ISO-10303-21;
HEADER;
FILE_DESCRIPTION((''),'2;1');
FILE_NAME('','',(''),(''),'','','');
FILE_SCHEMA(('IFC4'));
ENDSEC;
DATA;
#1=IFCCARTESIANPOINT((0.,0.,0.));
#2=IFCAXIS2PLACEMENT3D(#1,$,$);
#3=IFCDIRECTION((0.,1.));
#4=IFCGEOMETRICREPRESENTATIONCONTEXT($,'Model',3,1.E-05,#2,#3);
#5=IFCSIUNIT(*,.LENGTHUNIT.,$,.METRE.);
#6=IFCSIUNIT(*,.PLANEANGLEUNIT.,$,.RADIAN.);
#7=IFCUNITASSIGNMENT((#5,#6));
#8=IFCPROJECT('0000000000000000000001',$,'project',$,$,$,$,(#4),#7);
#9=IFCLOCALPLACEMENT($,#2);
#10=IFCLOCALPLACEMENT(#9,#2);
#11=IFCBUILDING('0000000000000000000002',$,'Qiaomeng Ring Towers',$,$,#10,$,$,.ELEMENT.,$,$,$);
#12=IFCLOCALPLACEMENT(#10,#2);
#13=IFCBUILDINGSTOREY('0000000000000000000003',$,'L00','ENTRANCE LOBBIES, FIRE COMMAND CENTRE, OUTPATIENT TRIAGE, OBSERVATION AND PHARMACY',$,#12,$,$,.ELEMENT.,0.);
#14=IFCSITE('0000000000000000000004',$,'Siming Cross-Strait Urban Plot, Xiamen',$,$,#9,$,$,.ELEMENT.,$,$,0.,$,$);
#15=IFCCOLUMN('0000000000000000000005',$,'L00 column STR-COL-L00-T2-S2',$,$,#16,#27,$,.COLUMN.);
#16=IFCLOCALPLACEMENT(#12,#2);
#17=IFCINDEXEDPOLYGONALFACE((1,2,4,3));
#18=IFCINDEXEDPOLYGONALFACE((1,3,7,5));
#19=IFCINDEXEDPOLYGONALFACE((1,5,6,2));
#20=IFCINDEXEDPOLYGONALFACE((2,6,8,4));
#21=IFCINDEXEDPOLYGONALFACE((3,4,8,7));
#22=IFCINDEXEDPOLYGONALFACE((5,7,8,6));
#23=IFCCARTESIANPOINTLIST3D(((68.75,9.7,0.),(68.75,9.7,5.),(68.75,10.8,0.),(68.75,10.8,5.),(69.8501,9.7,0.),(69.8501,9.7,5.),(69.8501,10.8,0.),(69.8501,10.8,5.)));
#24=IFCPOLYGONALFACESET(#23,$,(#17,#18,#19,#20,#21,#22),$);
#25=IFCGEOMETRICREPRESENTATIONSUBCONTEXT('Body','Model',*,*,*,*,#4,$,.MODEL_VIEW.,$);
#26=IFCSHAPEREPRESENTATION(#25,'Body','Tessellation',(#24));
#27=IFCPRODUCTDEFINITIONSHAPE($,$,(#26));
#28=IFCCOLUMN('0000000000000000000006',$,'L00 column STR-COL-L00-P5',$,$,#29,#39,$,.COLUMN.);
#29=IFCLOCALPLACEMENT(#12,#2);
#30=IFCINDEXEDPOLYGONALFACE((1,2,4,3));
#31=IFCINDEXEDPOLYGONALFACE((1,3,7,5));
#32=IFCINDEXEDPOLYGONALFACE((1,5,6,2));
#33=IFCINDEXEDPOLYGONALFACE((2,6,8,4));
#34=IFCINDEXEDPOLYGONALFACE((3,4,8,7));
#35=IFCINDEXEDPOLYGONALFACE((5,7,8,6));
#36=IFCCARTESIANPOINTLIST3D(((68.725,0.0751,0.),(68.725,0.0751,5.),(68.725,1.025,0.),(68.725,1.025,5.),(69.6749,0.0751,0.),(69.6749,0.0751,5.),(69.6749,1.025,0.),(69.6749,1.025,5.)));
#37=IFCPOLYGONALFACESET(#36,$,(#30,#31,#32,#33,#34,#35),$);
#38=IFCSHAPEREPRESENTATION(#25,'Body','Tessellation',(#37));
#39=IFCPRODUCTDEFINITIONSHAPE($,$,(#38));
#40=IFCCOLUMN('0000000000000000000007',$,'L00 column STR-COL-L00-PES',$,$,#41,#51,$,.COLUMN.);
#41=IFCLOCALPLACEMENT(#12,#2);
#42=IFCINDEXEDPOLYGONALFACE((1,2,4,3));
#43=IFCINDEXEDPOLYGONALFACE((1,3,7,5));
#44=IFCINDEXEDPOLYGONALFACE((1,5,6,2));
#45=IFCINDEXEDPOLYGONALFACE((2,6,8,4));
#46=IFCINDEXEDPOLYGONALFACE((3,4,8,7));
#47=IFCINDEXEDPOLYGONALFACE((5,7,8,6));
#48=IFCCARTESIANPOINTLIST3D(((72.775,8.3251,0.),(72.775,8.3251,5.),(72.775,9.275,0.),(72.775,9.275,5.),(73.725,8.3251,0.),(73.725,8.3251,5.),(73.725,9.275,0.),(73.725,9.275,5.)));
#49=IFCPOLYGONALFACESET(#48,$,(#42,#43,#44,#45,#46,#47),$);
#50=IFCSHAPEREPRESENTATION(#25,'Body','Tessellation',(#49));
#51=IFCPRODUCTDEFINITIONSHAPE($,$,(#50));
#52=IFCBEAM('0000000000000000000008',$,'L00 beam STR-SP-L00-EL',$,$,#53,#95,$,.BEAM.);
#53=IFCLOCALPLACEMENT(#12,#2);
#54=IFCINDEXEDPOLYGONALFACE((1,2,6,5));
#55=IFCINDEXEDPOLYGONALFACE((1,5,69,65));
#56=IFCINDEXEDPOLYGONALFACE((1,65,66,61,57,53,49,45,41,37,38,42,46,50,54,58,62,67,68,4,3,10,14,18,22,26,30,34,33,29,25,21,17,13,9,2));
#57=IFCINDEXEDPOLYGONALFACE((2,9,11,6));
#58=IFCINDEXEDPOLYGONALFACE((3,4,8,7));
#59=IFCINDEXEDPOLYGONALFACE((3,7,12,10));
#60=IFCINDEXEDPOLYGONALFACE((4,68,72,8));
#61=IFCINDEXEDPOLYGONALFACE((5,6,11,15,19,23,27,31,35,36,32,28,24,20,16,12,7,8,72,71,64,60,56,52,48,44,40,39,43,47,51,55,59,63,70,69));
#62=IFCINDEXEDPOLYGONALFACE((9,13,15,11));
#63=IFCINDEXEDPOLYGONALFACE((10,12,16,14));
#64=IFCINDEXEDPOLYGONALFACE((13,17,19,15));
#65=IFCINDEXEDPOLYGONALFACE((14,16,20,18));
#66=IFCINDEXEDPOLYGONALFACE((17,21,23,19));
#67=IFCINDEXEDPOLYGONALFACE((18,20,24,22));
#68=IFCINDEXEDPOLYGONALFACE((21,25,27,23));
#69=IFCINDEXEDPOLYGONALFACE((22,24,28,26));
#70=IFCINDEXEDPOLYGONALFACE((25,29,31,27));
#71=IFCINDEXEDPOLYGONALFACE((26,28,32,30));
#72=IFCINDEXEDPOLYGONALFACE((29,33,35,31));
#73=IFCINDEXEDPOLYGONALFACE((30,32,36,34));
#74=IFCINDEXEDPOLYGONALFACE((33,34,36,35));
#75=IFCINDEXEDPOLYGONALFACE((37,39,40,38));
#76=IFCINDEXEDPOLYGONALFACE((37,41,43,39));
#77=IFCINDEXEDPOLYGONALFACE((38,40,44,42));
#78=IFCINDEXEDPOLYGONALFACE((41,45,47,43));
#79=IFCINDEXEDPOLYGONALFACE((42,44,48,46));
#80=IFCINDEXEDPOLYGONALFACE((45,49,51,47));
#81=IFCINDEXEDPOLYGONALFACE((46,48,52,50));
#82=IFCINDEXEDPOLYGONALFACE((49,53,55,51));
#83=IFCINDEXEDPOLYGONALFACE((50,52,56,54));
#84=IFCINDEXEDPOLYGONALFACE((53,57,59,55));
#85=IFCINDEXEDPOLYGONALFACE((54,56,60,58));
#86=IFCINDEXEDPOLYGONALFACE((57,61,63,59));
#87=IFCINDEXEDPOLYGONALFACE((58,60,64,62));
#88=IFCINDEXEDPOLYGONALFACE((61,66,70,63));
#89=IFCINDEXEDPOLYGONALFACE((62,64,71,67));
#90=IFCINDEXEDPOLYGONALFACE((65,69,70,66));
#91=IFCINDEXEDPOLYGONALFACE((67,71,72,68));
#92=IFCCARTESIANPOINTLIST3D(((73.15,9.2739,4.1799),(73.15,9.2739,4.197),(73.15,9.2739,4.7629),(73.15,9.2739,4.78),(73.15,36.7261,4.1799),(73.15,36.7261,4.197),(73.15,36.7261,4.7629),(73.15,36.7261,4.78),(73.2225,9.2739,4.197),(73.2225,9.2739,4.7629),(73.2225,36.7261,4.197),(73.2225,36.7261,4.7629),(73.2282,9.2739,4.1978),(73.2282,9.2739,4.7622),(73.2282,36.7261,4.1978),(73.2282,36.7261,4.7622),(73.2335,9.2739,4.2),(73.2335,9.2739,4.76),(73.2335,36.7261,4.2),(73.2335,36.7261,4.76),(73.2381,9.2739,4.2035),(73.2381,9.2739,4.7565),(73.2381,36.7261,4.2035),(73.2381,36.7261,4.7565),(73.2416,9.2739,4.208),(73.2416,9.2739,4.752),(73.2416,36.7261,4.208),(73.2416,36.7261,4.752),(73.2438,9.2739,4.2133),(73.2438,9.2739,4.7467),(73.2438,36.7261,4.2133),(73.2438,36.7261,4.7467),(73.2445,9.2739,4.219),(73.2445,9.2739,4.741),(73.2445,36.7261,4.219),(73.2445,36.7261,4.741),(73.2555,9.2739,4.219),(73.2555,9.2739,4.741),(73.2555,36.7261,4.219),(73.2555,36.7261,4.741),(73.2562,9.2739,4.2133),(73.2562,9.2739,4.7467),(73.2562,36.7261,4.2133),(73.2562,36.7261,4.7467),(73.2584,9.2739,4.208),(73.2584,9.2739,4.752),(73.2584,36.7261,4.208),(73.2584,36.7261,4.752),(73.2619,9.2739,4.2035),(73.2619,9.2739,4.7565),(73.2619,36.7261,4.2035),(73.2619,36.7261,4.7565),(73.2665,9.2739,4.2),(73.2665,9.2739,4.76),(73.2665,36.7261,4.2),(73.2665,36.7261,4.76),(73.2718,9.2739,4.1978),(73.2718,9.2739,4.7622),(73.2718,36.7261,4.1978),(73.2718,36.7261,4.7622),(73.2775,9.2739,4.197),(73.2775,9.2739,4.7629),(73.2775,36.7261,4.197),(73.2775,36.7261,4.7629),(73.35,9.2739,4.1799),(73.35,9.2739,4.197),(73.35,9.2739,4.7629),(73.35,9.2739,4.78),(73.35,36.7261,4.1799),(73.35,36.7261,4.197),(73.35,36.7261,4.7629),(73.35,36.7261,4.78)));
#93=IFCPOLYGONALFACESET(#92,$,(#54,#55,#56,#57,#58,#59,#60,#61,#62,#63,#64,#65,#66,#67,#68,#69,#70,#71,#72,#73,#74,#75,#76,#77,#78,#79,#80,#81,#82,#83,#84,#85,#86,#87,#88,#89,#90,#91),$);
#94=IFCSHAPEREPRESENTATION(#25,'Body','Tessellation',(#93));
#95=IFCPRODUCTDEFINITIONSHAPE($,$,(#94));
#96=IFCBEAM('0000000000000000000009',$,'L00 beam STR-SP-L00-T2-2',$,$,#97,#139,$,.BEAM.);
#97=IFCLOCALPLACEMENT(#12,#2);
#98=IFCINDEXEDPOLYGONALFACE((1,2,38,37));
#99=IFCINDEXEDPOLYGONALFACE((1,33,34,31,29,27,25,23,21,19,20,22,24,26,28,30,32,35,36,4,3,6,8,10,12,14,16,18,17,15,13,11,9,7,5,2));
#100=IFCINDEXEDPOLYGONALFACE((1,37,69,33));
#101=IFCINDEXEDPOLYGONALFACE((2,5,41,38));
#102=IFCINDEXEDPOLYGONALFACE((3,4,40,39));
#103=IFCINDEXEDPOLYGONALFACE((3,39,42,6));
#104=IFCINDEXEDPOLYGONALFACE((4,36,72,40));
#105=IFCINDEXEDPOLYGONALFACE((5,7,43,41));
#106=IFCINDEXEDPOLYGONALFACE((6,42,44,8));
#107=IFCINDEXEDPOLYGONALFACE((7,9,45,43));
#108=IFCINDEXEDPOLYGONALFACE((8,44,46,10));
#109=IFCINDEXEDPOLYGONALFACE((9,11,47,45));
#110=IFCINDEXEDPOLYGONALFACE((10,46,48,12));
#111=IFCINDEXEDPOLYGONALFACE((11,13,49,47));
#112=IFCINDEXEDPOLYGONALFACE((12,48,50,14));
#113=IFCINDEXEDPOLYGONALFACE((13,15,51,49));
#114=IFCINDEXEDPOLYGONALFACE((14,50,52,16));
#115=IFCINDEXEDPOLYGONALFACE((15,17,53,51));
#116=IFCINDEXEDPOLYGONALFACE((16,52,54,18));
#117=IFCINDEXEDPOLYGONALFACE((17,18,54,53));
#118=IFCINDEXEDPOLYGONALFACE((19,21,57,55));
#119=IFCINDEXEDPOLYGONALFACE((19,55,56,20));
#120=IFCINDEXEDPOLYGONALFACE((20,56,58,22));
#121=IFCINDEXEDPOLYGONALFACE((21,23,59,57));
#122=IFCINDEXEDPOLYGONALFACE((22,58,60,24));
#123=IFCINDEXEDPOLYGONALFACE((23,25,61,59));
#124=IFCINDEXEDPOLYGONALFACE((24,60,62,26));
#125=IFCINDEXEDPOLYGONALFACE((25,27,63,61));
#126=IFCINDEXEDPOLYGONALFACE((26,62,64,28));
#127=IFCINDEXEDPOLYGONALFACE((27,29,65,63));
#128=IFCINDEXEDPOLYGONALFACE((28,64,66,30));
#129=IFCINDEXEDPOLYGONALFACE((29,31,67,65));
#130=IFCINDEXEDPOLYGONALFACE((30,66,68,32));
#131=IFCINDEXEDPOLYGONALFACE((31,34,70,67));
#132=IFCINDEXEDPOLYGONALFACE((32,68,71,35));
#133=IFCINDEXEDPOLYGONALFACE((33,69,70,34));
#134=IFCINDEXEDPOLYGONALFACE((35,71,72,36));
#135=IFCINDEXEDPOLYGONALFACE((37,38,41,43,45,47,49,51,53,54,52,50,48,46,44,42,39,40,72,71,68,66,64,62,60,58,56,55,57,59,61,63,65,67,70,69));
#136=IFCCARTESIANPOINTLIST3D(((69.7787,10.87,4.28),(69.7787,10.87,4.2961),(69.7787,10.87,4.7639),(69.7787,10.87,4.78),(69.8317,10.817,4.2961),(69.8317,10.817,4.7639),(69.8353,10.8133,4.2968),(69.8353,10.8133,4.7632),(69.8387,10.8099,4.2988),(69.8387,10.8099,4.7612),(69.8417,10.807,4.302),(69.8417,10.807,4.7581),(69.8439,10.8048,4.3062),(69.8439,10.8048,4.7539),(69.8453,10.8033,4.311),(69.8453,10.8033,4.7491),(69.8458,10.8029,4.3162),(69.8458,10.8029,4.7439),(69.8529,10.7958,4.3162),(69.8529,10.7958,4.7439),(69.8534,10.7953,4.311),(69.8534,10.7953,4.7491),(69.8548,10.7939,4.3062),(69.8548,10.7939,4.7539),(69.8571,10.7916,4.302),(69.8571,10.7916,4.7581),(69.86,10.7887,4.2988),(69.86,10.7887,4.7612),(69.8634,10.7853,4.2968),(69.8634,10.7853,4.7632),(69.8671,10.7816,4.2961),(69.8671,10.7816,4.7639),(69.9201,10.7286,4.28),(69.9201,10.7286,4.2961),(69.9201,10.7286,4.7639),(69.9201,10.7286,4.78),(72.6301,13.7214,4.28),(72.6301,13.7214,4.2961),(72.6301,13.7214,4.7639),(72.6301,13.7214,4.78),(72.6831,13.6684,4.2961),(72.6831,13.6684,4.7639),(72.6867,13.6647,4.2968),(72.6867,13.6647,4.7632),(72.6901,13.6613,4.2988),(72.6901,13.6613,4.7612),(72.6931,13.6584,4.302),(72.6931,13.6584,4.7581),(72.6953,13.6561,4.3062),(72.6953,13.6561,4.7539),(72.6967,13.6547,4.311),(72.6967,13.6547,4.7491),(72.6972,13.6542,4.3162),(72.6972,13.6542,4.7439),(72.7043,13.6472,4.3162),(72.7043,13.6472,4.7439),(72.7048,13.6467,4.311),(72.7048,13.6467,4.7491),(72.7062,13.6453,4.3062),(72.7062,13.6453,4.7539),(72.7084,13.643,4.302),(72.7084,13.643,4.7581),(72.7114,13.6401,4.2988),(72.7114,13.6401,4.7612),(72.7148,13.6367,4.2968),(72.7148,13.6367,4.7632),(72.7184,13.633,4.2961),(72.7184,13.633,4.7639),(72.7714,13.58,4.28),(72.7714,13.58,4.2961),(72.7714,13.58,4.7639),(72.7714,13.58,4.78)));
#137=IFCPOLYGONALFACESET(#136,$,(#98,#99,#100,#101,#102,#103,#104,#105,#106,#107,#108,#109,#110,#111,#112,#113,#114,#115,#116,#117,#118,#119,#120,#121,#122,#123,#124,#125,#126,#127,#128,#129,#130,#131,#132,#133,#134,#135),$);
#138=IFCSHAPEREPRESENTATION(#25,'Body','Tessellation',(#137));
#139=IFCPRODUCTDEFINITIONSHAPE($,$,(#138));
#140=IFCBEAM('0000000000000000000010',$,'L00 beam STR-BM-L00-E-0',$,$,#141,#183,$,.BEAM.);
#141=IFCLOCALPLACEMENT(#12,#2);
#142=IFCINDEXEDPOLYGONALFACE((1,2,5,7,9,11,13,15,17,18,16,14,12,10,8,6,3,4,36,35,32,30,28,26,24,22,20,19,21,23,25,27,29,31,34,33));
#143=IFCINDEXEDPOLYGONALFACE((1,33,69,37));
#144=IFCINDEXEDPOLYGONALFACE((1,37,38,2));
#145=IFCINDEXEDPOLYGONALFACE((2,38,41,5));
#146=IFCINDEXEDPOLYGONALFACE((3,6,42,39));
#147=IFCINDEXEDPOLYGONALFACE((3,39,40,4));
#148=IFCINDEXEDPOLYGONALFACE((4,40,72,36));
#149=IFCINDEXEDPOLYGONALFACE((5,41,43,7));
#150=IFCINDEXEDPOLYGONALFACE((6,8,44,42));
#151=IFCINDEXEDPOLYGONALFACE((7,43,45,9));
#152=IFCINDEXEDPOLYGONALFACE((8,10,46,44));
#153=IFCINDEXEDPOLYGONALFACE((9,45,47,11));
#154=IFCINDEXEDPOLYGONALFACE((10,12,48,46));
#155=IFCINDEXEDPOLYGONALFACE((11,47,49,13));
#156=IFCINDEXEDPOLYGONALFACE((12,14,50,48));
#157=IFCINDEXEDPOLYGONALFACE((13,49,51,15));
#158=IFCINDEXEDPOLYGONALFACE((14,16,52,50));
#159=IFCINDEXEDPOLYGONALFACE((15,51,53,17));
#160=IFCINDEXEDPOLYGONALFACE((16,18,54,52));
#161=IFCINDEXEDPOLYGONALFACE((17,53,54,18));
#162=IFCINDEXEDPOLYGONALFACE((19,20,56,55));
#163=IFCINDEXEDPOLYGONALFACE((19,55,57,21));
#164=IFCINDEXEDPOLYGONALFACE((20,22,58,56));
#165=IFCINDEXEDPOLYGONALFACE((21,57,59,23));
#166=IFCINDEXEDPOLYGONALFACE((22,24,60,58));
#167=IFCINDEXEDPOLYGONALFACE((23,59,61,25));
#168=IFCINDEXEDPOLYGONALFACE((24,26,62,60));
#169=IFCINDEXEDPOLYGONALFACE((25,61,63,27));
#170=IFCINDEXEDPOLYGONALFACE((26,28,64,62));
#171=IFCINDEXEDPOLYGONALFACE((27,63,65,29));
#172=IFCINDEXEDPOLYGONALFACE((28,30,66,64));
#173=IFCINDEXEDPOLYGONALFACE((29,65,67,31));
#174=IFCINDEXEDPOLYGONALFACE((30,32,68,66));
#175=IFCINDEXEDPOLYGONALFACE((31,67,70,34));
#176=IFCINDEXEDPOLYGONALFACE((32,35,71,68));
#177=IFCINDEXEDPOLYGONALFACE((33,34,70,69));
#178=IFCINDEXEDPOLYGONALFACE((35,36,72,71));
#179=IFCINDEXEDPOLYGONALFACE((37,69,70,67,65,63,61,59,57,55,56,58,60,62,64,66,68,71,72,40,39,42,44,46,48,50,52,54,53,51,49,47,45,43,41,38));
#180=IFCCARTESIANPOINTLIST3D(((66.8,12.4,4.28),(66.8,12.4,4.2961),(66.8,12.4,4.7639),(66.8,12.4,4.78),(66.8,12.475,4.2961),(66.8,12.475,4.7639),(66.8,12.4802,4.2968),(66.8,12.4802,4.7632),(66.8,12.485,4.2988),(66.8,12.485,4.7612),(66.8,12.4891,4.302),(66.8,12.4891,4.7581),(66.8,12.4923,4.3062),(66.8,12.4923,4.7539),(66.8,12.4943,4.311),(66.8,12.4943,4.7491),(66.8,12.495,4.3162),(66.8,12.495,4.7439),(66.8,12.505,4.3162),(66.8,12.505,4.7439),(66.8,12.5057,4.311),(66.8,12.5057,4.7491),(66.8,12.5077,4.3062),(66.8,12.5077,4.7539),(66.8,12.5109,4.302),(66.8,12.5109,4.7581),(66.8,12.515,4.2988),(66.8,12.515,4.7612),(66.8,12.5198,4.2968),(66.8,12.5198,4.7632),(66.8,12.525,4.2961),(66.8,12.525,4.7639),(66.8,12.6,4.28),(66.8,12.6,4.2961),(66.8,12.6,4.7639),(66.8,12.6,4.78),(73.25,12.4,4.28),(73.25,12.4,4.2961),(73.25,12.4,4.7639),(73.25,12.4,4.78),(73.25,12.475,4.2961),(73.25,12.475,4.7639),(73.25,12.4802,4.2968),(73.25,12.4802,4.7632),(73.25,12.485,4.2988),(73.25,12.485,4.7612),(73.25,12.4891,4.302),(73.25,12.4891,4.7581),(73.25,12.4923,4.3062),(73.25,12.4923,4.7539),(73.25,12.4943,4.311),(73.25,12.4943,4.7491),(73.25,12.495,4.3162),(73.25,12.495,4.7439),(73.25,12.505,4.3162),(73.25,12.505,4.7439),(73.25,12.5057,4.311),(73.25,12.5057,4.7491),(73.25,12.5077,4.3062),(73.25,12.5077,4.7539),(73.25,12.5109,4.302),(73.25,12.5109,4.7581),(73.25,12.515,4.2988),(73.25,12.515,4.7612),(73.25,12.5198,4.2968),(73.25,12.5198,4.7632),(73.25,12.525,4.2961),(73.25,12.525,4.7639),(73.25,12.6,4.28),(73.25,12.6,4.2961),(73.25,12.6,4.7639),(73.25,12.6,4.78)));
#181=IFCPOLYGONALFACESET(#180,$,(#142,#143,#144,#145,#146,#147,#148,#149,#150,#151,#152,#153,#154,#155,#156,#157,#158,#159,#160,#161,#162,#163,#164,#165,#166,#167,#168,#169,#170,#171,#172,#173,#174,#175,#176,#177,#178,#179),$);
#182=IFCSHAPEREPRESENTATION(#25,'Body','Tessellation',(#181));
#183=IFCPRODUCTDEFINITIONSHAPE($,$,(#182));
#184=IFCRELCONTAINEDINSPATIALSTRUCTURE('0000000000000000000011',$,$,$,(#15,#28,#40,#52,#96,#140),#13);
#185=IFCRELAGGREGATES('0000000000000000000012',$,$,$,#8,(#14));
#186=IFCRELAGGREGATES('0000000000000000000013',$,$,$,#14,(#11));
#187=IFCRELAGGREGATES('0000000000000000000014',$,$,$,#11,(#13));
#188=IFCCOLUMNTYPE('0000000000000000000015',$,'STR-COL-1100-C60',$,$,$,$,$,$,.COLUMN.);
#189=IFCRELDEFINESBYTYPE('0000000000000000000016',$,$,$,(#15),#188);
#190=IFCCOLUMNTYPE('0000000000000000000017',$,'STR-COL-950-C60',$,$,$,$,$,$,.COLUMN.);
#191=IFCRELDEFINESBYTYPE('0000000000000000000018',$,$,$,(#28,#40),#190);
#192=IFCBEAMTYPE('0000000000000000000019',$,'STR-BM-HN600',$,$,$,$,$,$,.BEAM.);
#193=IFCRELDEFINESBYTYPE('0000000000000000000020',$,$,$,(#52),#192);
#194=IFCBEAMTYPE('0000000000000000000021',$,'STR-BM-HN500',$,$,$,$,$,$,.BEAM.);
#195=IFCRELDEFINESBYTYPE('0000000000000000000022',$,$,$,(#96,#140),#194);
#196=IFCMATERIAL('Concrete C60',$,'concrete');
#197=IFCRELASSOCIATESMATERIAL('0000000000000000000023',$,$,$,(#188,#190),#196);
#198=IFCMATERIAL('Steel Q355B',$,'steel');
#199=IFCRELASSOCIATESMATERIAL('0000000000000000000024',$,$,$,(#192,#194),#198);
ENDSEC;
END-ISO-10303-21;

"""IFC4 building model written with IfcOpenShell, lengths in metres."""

from ifc_helpers import new_model, si_unit, direction, frame, origin, origin_2d, place, context, subcontext, project, spatial, rectangle, i_section, extrude, source, transform, mapped, material, material_profile, profile_set, type_object, element, save


model = new_model("IFC4")

# Units and contexts
model_context = context("Model", 3, precision=1e-05, world=origin(), true_north=direction((0.0, 1.0)))
body_context = subcontext(model_context, "Body", "Model", "MODEL_VIEW")
ifc_project = project(units=[si_unit("LENGTHUNIT", "METRE"), si_unit("PLANEANGLEUNIT", "RADIAN")], contexts=[model_context])

# Site, building, storey
site_placement = place(None, origin())
site = spatial("IfcSite", under=ifc_project, at=site_placement, Name="Siming Cross-Strait Urban Plot, Xiamen", CompositionType="ELEMENT", RefElevation=0.0)
building_placement = place(site_placement, origin())
building = spatial("IfcBuilding", under=site, at=building_placement, Name="Qiaomeng Ring Towers", CompositionType="ELEMENT")
storey_placement = place(building_placement, origin())
storey = spatial("IfcBuildingStorey", under=building, at=storey_placement, Name="L00", Description="ENTRANCE LOBBIES, FIRE COMMAND CENTRE, OUTPATIENT TRIAGE, OBSERVATION AND PHARMACY", CompositionType="ELEMENT", Elevation=0.0)

# Columns
ifc_material_1 = material(Name="Concrete C60", Category="concrete")
ifc_material_profile_1 = material_profile(ifc_material_1, rectangle(XDim=1.1001, YDim=1.1001, at=origin_2d()), Name="RC COL 1100x1100")
ifc_profile_set_1 = profile_set([ifc_material_profile_1], Name="Concrete C60")
column_type_1 = type_object("IfcColumnType", Name="STR-COL-1100-C60", PredefinedType="COLUMN", material=ifc_profile_set_1)
shared_shape_1 = source(origin(), body_context, "Body", "SweptSolid", [
    extrude(rectangle(XDim=1.1001, YDim=1.1001, at=origin_2d()), origin(), (0.0, 0.0, 1.0), 5.0),
])
column_placement = place(storey_placement, frame((69.3, 10.25, 0.0), z_axis=(0.0, 0.0, 1.0), x_axis=(1.0, 0.0, 0.0)))
element("IfcColumn", 1, at=column_placement, inside=storey, type_object=column_type_1, Name="L00 column STR-COL-L00-T2-S2", PredefinedType="COLUMN", context=body_context, shape_type="MappedRepresentation", body=[
    mapped(shared_shape_1, transform((0.0, 0.0, 0.0), x_axis=(1.0, 0.0, 0.0), y_axis=(0.0, 1.0, 0.0), z_axis=(0.0, 0.0, 1.0), scale=1.0)),
])
ifc_material_profile_2 = material_profile(ifc_material_1, rectangle(XDim=0.95, YDim=0.95, at=origin_2d()), Name="RC COL 950x950")
ifc_profile_set_2 = profile_set([ifc_material_profile_2], Name="Concrete C60")
column_type_2 = type_object("IfcColumnType", Name="STR-COL-950-C60", PredefinedType="COLUMN", material=ifc_profile_set_2)
shared_shape_2 = source(origin(), body_context, "Body", "SweptSolid", [
    extrude(rectangle(XDim=0.95, YDim=0.95, at=origin_2d()), origin(), (0.0, 0.0, 1.0), 5.0),
])
for number, where, z_axis, x_axis, name in (
    (2, (69.2, 0.55, 0.0), (0.0, 0.0, 1.0), (1.0, 0.0, 0.0), "L00 column STR-COL-L00-P5"),
    (3, (73.25, 8.8, 0.0), (0.0, 0.0, 1.0), (1.0, 0.0, 0.0), "L00 column STR-COL-L00-PES"),
):
    element("IfcColumn", number, at=place(storey_placement, frame(where, z_axis=z_axis, x_axis=x_axis)), inside=storey, type_object=column_type_2, Name=name, PredefinedType="COLUMN", context=body_context, shape_type="MappedRepresentation", body=[
        mapped(shared_shape_2, transform((0.0, 0.0, 0.0), x_axis=(1.0, 0.0, 0.0), y_axis=(0.0, 1.0, 0.0), z_axis=(0.0, 0.0, 1.0), scale=1.0)),
    ])

# Beams
ifc_material_2 = material(Name="Steel Q355B", Category="steel")
ifc_material_profile_3 = material_profile(ifc_material_2, i_section(OverallWidth=0.2, OverallDepth=0.6001, WebThickness=0.011, FlangeThickness=0.0171, FilletRadius=0.022, at=origin_2d()), Name="HN 600x200x11x17")
ifc_profile_set_3 = profile_set([ifc_material_profile_3], Name="Steel Q355B")
beam_type_1 = type_object("IfcBeamType", Name="STR-BM-HN600", PredefinedType="BEAM", material=ifc_profile_set_3)
shared_shape_3 = source(origin(), body_context, "Body", "SweptSolid", [
    extrude(i_section(OverallWidth=0.2, OverallDepth=0.6001, WebThickness=0.011, FlangeThickness=0.0171, FilletRadius=0.022, at=origin_2d()), origin(), (0.0, 0.0, 1.0), 27.4521),
])
beam_1_placement = place(storey_placement, frame((73.25, 9.2739, 4.48), z_axis=(0.0, 1.0, 0.0), x_axis=(-1.0, 0.0, 0.0)))
element("IfcBeam", 4, at=beam_1_placement, inside=storey, type_object=beam_type_1, Name="L00 beam STR-SP-L00-EL", PredefinedType="BEAM", context=body_context, shape_type="MappedRepresentation", body=[
    mapped(shared_shape_3, transform((0.0, 0.0, 0.0), x_axis=(1.0, 0.0, 0.0), y_axis=(0.0, 1.0, 0.0), z_axis=(0.0, 0.0, 1.0), scale=1.0)),
])
ifc_material_profile_4 = material_profile(ifc_material_2, i_section(OverallWidth=0.2, OverallDepth=0.5, WebThickness=0.01, FlangeThickness=0.0161, FilletRadius=0.02, at=origin_2d()), Name="HN 500x200x10x16")
ifc_profile_set_4 = profile_set([ifc_material_profile_4], Name="Steel Q355B")
beam_type_2 = type_object("IfcBeamType", Name="STR-BM-HN500", PredefinedType="BEAM", material=ifc_profile_set_4)
shared_shape_4 = source(origin(), body_context, "Body", "SweptSolid", [
    extrude(i_section(OverallWidth=0.2, OverallDepth=0.5, WebThickness=0.01, FlangeThickness=0.0161, FilletRadius=0.02, at=origin_2d()), origin(), (0.0, 0.0, 1.0), 4.0325),
])
beam_2_placement = place(storey_placement, frame((69.8494, 10.7993, 4.53), z_axis=(0.707107, 0.707107, 0.0), x_axis=(-0.707107, 0.707107, 0.0)))
element("IfcBeam", 5, at=beam_2_placement, inside=storey, type_object=beam_type_2, Name="L00 beam STR-SP-L00-T2-2", PredefinedType="BEAM", context=body_context, shape_type="MappedRepresentation", body=[
    mapped(shared_shape_4, transform((0.0, 0.0, 0.0), x_axis=(1.0, 0.0, 0.0), y_axis=(0.0, 1.0, 0.0), z_axis=(0.0, 0.0, 1.0), scale=1.0)),
])
shared_shape_5 = source(origin(), body_context, "Body", "SweptSolid", [
    extrude(i_section(OverallWidth=0.2, OverallDepth=0.5, WebThickness=0.01, FlangeThickness=0.0161, FilletRadius=0.02, at=origin_2d()), origin(), (0.0, 0.0, 1.0), 6.45),
])
beam_3_placement = place(storey_placement, frame((66.8, 12.5, 4.53), z_axis=(1.0, 0.0, 0.0), x_axis=(0.0, 1.0, 0.0)))
element("IfcBeam", 6, at=beam_3_placement, inside=storey, type_object=beam_type_2, Name="L00 beam STR-BM-L00-E-0", PredefinedType="BEAM", context=body_context, shape_type="MappedRepresentation", body=[
    mapped(shared_shape_5, transform((0.0, 0.0, 0.0), x_axis=(1.0, 0.0, 0.0), y_axis=(0.0, 1.0, 0.0), z_axis=(0.0, 0.0, 1.0), scale=1.0)),
])

save(model, "model.ifc")
